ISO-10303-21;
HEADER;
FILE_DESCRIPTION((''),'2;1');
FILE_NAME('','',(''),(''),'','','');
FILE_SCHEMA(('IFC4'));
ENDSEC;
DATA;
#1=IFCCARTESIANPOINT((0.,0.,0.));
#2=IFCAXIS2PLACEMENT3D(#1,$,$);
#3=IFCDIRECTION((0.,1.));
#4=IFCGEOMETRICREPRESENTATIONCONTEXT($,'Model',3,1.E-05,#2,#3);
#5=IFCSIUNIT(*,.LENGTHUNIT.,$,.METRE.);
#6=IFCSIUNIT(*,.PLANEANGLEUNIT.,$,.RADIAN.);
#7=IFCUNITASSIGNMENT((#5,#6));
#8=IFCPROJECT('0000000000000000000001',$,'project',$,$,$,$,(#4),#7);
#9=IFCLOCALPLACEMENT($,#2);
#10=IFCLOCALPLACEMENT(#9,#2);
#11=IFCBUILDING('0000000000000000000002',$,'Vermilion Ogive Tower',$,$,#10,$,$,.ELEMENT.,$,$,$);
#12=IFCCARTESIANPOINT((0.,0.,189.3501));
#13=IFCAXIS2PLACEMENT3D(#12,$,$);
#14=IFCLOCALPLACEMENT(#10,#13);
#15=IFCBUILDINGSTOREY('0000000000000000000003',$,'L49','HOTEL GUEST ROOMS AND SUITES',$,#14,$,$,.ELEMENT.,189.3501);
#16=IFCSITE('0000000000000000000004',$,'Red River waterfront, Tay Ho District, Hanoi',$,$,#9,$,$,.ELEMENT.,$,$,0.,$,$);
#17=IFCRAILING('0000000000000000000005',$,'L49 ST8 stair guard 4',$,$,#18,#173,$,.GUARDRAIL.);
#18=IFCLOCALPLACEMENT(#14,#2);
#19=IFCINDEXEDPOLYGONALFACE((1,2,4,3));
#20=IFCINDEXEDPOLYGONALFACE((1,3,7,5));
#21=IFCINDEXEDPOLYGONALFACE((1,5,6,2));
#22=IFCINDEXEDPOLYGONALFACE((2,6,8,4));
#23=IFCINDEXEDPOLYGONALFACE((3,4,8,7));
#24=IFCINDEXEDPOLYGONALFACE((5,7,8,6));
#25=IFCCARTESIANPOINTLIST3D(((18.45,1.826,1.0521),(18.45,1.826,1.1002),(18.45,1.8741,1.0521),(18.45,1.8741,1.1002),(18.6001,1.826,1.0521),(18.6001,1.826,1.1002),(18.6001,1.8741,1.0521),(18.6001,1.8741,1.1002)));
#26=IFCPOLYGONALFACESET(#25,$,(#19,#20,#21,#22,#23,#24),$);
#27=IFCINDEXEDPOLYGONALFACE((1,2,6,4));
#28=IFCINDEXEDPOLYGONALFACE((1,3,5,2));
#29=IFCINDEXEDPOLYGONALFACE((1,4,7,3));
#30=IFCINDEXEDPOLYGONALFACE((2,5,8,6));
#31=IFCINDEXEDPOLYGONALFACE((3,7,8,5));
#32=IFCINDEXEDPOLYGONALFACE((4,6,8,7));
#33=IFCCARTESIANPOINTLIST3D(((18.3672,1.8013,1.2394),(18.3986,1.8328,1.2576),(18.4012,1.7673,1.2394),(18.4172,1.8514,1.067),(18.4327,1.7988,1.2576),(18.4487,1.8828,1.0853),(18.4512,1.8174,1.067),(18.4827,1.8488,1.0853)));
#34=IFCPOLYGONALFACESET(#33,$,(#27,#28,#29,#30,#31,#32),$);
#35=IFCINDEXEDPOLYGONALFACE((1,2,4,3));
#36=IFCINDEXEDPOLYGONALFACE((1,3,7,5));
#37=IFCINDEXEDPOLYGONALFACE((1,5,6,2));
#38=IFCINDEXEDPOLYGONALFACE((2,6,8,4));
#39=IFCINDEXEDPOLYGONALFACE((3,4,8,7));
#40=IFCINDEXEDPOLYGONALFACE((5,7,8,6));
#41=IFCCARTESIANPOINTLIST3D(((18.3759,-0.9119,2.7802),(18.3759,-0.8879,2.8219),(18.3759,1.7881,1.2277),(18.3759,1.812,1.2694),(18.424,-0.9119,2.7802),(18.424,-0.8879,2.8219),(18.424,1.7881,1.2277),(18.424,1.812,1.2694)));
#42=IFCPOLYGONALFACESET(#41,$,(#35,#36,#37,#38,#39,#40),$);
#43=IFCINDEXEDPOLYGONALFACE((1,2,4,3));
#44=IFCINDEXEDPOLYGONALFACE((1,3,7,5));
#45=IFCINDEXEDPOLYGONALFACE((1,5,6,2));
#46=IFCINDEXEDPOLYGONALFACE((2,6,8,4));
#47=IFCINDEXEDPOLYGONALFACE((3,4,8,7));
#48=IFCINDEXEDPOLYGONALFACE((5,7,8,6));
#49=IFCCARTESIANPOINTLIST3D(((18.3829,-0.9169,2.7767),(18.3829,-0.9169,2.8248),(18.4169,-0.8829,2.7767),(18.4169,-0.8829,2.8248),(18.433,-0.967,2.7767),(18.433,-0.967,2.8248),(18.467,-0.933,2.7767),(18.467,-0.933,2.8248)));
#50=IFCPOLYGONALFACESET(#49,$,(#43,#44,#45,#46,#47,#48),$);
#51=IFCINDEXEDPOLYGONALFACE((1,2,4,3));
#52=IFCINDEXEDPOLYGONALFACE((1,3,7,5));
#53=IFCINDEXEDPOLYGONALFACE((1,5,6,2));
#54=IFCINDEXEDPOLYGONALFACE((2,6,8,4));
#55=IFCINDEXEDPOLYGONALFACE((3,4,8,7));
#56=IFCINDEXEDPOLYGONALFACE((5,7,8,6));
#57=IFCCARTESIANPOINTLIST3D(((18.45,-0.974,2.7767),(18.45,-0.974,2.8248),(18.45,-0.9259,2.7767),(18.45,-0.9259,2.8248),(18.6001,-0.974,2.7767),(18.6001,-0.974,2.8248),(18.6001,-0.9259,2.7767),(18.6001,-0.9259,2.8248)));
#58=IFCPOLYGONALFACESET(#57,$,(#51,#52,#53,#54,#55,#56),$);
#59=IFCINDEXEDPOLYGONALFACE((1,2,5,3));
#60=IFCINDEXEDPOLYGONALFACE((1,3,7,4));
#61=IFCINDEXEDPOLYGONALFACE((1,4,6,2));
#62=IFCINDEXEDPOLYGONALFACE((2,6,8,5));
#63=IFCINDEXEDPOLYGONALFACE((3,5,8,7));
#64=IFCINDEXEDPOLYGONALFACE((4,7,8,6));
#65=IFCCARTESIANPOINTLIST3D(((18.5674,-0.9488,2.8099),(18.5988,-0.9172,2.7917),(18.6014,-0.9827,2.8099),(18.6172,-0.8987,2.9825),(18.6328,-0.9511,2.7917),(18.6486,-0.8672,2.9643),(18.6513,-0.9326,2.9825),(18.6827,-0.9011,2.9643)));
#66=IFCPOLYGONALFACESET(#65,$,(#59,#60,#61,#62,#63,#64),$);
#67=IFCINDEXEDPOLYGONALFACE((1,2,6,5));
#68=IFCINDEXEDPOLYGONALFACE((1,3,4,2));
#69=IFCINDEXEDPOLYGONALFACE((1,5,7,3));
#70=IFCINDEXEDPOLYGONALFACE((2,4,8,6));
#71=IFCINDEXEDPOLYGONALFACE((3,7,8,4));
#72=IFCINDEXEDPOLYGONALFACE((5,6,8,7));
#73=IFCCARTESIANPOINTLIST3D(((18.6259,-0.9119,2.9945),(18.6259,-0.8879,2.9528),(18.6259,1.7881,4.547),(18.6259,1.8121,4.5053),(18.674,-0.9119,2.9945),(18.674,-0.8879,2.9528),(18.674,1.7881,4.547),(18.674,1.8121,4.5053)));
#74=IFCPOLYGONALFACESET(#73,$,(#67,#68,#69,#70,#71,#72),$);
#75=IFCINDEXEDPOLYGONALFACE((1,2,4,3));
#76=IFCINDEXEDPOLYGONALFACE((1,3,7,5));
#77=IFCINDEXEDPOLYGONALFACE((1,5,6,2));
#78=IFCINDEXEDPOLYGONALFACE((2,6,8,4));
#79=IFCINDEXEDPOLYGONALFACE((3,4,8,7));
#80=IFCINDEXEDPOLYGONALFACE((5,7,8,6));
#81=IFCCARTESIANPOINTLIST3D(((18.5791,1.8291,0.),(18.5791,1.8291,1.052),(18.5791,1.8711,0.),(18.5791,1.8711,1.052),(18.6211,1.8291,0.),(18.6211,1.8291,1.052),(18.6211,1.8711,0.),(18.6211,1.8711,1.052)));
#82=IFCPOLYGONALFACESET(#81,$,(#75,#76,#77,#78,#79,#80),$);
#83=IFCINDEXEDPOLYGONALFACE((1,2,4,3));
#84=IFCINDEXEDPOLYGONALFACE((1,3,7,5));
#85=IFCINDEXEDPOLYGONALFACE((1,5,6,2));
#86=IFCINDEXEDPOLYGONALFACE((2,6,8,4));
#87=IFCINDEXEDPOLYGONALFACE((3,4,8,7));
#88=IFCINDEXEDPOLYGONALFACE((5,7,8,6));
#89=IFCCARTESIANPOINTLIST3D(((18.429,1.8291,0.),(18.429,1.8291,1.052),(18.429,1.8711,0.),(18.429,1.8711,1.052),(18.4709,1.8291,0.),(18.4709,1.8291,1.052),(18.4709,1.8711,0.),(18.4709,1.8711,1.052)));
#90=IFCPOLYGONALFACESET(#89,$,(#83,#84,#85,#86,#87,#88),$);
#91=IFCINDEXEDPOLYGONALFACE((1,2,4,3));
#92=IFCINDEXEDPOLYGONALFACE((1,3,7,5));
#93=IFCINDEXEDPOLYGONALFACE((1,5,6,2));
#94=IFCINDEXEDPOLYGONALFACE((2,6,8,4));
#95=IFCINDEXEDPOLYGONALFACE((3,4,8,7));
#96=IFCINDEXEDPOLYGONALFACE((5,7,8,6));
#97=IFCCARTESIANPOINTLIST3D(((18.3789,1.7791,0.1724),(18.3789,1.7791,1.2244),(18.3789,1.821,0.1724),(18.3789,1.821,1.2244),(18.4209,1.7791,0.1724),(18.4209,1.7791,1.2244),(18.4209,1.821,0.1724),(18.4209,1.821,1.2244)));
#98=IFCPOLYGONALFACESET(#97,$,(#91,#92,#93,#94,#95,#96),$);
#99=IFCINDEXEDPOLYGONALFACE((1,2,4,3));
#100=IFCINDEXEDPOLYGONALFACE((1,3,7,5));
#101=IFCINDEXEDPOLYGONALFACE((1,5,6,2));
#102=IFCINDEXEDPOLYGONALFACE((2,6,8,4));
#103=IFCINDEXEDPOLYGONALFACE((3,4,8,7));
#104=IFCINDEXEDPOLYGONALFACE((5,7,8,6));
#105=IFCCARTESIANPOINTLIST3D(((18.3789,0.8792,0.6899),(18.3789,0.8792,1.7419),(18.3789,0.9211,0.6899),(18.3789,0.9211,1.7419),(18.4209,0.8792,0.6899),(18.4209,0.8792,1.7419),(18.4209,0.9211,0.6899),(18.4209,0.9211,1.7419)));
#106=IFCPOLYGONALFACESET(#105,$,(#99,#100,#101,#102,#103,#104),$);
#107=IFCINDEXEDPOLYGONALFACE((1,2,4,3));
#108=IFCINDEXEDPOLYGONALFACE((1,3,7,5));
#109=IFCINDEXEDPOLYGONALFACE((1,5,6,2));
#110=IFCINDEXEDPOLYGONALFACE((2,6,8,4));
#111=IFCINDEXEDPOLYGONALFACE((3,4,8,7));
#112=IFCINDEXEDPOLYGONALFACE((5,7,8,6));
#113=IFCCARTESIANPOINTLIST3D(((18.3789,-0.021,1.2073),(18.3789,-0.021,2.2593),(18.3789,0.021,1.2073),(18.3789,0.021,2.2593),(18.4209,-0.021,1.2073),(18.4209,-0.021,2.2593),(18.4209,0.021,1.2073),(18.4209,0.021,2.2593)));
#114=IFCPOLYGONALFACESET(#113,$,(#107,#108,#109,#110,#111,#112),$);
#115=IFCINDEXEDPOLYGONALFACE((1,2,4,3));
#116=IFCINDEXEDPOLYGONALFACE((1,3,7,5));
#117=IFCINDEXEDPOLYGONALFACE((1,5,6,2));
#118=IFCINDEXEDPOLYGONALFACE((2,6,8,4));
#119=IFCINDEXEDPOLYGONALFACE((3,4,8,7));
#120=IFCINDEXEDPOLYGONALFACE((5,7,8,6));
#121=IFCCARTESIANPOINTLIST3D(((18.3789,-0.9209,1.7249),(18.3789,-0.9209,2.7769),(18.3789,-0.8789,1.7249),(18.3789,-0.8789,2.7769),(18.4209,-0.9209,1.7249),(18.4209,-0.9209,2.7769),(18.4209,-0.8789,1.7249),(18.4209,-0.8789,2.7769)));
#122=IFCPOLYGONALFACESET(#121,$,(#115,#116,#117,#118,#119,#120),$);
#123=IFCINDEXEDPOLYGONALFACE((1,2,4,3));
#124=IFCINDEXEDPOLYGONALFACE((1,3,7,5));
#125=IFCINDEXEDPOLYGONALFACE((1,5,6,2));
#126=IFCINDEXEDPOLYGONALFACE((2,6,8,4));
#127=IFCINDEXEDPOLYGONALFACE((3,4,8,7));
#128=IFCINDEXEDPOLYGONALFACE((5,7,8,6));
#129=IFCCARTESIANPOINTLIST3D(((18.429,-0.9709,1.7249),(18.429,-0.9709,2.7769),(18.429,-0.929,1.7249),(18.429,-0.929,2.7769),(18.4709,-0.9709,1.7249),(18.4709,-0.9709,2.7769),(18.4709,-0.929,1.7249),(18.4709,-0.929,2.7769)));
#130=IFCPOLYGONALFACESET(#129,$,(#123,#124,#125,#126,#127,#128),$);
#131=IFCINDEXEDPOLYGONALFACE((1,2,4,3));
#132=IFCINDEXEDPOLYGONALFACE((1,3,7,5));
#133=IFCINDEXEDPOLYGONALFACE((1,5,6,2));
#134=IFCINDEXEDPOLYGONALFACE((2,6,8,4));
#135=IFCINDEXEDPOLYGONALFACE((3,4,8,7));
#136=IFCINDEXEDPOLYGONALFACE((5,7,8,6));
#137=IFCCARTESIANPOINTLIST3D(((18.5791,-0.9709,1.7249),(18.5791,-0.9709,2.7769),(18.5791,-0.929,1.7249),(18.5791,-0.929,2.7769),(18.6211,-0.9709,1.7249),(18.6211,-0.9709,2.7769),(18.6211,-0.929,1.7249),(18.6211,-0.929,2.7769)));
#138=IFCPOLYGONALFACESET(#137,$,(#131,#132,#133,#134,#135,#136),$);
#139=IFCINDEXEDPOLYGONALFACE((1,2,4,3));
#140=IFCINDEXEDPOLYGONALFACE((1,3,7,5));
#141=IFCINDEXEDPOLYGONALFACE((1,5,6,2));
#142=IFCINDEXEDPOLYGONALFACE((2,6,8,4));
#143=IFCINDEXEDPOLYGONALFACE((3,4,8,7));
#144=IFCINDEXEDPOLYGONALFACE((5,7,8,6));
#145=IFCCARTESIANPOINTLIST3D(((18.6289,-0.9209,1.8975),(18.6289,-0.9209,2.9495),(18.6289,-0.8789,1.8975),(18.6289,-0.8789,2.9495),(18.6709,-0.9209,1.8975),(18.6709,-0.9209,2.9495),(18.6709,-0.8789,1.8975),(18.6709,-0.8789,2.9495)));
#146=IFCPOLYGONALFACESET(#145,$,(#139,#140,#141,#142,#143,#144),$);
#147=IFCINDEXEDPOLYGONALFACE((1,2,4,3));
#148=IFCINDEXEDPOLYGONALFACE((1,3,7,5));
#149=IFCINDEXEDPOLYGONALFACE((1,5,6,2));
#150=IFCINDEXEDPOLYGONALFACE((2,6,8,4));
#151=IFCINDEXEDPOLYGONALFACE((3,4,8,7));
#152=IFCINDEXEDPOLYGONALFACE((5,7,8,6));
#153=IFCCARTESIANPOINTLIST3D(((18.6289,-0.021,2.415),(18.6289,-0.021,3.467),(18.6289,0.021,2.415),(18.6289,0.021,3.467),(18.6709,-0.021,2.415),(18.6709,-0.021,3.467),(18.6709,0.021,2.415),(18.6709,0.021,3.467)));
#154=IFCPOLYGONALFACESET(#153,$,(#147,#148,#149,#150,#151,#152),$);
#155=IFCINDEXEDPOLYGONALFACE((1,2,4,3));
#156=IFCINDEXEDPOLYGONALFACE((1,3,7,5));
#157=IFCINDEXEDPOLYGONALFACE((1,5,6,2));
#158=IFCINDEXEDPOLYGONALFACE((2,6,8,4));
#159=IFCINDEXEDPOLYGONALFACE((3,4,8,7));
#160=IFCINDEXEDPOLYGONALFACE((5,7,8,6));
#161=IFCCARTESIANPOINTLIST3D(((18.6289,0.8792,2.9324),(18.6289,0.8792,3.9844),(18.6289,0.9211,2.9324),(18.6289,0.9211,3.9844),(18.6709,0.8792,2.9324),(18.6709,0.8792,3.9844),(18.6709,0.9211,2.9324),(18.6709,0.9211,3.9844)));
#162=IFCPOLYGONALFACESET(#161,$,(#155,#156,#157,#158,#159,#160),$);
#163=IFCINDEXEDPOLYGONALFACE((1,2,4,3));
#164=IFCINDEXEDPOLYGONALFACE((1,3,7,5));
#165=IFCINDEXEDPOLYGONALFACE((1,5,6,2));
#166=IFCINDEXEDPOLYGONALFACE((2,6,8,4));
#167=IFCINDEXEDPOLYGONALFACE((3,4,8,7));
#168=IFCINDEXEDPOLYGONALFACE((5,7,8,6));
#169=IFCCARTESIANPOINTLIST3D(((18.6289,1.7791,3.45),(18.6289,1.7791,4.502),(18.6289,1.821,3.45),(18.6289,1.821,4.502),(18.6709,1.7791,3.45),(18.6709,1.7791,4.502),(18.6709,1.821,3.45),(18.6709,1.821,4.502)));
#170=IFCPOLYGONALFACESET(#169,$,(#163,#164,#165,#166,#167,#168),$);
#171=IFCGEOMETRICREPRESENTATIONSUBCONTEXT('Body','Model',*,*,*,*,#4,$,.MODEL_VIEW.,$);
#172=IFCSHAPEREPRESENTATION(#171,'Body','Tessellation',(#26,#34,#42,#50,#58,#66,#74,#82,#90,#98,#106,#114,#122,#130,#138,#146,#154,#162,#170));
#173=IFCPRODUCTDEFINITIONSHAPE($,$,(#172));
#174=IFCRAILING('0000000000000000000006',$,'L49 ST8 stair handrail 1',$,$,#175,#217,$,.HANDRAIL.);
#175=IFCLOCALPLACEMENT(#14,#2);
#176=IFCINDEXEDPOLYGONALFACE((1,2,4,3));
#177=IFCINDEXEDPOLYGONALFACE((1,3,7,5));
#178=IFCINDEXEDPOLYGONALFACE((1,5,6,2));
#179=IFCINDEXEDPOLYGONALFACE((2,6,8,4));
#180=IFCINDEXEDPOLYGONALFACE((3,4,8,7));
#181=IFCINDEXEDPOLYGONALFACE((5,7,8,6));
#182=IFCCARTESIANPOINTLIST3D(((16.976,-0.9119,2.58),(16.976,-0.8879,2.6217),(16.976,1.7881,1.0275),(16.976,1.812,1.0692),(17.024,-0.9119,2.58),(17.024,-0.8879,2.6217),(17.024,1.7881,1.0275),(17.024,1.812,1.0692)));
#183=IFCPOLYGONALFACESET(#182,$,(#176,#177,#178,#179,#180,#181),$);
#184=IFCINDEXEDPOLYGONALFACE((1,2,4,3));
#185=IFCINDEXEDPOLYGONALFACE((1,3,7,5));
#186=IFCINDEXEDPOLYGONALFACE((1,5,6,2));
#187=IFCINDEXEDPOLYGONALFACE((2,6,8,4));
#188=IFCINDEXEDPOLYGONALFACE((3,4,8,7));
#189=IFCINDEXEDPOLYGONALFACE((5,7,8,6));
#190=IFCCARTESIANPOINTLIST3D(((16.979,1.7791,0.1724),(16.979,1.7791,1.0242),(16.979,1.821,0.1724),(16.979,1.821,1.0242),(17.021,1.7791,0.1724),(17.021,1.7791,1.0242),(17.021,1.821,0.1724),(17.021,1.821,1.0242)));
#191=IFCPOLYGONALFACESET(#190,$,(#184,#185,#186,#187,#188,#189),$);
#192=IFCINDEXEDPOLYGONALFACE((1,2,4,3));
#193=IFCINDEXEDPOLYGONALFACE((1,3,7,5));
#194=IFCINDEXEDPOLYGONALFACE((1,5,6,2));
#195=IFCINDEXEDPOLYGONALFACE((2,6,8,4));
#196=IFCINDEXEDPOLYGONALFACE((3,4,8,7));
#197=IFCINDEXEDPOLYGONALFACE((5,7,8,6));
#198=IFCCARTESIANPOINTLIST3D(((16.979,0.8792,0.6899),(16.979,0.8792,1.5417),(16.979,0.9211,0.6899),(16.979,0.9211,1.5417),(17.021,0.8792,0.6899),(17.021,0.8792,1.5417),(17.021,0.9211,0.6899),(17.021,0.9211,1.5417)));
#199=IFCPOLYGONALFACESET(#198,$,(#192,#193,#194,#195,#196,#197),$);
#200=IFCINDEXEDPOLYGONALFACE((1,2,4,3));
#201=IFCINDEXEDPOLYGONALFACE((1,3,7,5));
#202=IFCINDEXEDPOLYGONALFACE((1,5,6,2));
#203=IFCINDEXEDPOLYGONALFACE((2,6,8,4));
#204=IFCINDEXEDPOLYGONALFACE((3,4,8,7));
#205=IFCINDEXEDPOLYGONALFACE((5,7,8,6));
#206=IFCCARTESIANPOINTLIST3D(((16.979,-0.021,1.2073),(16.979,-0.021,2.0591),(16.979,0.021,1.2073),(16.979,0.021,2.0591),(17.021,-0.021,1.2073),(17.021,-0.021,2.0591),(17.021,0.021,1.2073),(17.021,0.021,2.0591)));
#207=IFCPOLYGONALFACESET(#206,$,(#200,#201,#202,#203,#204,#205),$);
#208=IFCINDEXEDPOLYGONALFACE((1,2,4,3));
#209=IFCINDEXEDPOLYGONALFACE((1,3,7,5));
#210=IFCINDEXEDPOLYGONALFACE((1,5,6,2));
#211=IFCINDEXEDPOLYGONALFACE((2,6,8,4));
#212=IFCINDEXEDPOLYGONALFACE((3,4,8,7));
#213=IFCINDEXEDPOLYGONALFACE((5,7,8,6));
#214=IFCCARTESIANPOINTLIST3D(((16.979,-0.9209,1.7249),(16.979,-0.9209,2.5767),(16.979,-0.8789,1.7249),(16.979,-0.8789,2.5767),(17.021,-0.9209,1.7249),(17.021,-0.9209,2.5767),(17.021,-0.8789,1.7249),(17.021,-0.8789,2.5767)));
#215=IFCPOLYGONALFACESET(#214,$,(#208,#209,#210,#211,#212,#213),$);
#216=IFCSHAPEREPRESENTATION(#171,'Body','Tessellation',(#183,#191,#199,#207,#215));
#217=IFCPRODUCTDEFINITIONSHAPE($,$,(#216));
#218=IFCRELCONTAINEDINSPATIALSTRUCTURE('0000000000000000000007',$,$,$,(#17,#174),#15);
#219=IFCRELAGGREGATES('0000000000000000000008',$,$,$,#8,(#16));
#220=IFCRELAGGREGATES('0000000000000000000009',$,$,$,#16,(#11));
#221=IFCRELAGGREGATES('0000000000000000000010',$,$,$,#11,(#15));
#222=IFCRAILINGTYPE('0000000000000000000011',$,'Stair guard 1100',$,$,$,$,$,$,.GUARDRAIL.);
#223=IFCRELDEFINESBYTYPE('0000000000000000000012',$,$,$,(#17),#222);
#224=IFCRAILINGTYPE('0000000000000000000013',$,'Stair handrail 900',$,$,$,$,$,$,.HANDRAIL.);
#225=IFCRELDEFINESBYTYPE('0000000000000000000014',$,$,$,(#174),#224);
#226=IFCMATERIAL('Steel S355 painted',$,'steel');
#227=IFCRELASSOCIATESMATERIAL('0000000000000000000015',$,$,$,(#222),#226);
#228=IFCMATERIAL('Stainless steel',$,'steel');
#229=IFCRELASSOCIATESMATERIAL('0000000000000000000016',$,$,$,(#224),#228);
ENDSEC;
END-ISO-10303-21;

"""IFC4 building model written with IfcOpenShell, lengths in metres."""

from ifc_helpers import new_model, si_unit, direction, frame, origin, origin_2d, place, context, subcontext, project, spatial, rectangle, extrude, material, type_object, element, save


model = new_model("IFC4")

# Units and contexts
model_context = context("Model", 3, precision=1e-05, world=origin(), true_north=direction((0.0, 1.0)))
body_context = subcontext(model_context, "Body", "Model", "MODEL_VIEW")
ifc_project = project(units=[si_unit("LENGTHUNIT", "METRE"), si_unit("PLANEANGLEUNIT", "RADIAN")], contexts=[model_context])

# Site, building, storey
site_placement = place(None, origin())
site = spatial("IfcSite", under=ifc_project, at=site_placement, Name="Red River waterfront, Tay Ho District, Hanoi", CompositionType="ELEMENT", RefElevation=0.0)
building_placement = place(site_placement, origin())
building = spatial("IfcBuilding", under=site, at=building_placement, Name="Vermilion Ogive Tower", CompositionType="ELEMENT")
storey_placement = place(building_placement, frame((0.0, 0.0, 189.3501)))
storey = spatial("IfcBuildingStorey", under=building, at=storey_placement, Name="L49", Description="HOTEL GUEST ROOMS AND SUITES", CompositionType="ELEMENT", Elevation=189.3501)

# Railings
ifc_material_1 = material(Name="Steel S355 painted", Category="steel")
railing_type_1 = type_object("IfcRailingType", Name="Stair guard 1100", PredefinedType="GUARDRAIL", material=ifc_material_1)
railing_1_placement = place(storey_placement, frame((18.6001, 1.8501, 0.0)))
element("IfcRailing", 1, at=railing_1_placement, inside=storey, type_object=railing_type_1, Name="L49 ST8 stair guard 4", PredefinedType="GUARDRAIL", context=body_context, shape_type="SweptSolid", body=[
    extrude(rectangle(XDim=0.0481, YDim=0.0481, at=origin_2d()), frame((0.0, 0.0, 1.0762), z_axis=(-1.0, 0.0, 0.0), x_axis=(0.0, -1.0, 0.0)), (0.0, 0.0, 1.0), 0.1501),
    extrude(rectangle(XDim=0.0481, YDim=0.0481, at=origin_2d()), frame((-0.1501, 0.0, 1.0762), z_axis=(-0.268603, -0.268603, 0.925043), x_axis=(0.707107, -0.707107, 0.0)), (0.0, 0.0, 1.0), 0.1863),
    extrude(rectangle(XDim=0.0481, YDim=0.0481, at=origin_2d()), frame((-0.2002, -0.05, 1.2485), z_axis=(0.0, -0.866904, 0.498476), x_axis=(1.0, 0.0, 0.0)), (0.0, 0.0, 1.0), 3.1145),
    extrude(rectangle(XDim=0.0481, YDim=0.0481, at=origin_2d()), frame((-0.2002, -2.75, 2.8008), z_axis=(0.707107, -0.707107, 0.0), x_axis=(0.707107, 0.707107, 0.0)), (0.0, 0.0, 1.0), 0.0708),
    extrude(rectangle(XDim=0.0481, YDim=0.0481, at=origin_2d()), frame((-0.1501, -2.8, 2.8008), z_axis=(1.0, 0.0, 0.0), x_axis=(0.0, 1.0, 0.0)), (0.0, 0.0, 1.0), 0.1501),
    extrude(rectangle(XDim=0.0481, YDim=0.0481, at=origin_2d()), frame((0.0, -2.8, 2.8008), z_axis=(0.267063, 0.268372, 0.925556), x_axis=(-0.708834, 0.705376, 0.0)), (0.0, 0.0, 1.0), 0.1865),
    extrude(rectangle(XDim=0.0481, YDim=0.0481, at=origin_2d()), frame((0.0498, -2.75, 2.9736), z_axis=(0.0, 0.866904, 0.498476), x_axis=(-1.0, 0.0, 0.0)), (0.0, 0.0, 1.0), 3.1145),
    extrude(rectangle(XDim=0.042, YDim=0.042, at=origin_2d()), origin(), (0.0, 0.0, 1.0), 1.052),
    extrude(rectangle(XDim=0.042, YDim=0.042, at=origin_2d()), frame((-0.1501, 0.0, 0.0)), (0.0, 0.0, 1.0), 1.052),
    extrude(rectangle(XDim=0.042, YDim=0.042, at=origin_2d()), frame((-0.2002, -0.05, 0.1724)), (0.0, 0.0, 1.0), 1.052),
    extrude(rectangle(XDim=0.042, YDim=0.042, at=origin_2d()), frame((-0.2002, -0.95, 0.6899)), (0.0, 0.0, 1.0), 1.052),
    extrude(rectangle(XDim=0.042, YDim=0.042, at=origin_2d()), frame((-0.2002, -1.8501, 1.2073)), (0.0, 0.0, 1.0), 1.052),
    extrude(rectangle(XDim=0.042, YDim=0.042, at=origin_2d()), frame((-0.2002, -2.75, 1.7249)), (0.0, 0.0, 1.0), 1.052),
    extrude(rectangle(XDim=0.042, YDim=0.042, at=origin_2d()), frame((-0.1501, -2.8, 1.7249)), (0.0, 0.0, 1.0), 1.052),
    extrude(rectangle(XDim=0.042, YDim=0.042, at=origin_2d()), frame((0.0, -2.8, 1.7249)), (0.0, 0.0, 1.0), 1.052),
    extrude(rectangle(XDim=0.042, YDim=0.042, at=origin_2d()), frame((0.0498, -2.75, 1.8975)), (0.0, 0.0, 1.0), 1.052),
    extrude(rectangle(XDim=0.042, YDim=0.042, at=origin_2d()), frame((0.0498, -1.8501, 2.415)), (0.0, 0.0, 1.0), 1.052),
    extrude(rectangle(XDim=0.042, YDim=0.042, at=origin_2d()), frame((0.0498, -0.95, 2.9324)), (0.0, 0.0, 1.0), 1.052),
    extrude(rectangle(XDim=0.042, YDim=0.042, at=origin_2d()), frame((0.0498, -0.05, 3.45)), (0.0, 0.0, 1.0), 1.052),
])
ifc_material_2 = material(Name="Stainless steel", Category="steel")
railing_type_2 = type_object("IfcRailingType", Name="Stair handrail 900", PredefinedType="HANDRAIL", material=ifc_material_2)
railing_2_placement = place(storey_placement, frame((17.0, 1.8, 0.1724)))
element("IfcRailing", 2, at=railing_2_placement, inside=storey, type_object=railing_type_2, Name="L49 ST8 stair handrail 1", PredefinedType="HANDRAIL", context=body_context, shape_type="SweptSolid", body=[
    extrude(rectangle(XDim=0.0481, YDim=0.0481, at=origin_2d()), frame((0.0, 0.0, 0.876), z_axis=(0.0, -0.866904, 0.498476), x_axis=(1.0, 0.0, 0.0)), (0.0, 0.0, 1.0), 3.1145),
    extrude(rectangle(XDim=0.042, YDim=0.042, at=origin_2d()), origin(), (0.0, 0.0, 1.0), 0.8518),
    extrude(rectangle(XDim=0.042, YDim=0.042, at=origin_2d()), frame((0.0, -0.8999, 0.5176)), (0.0, 0.0, 1.0), 0.8518),
    extrude(rectangle(XDim=0.042, YDim=0.042, at=origin_2d()), frame((0.0, -1.8, 1.0349)), (0.0, 0.0, 1.0), 0.8518),
    extrude(rectangle(XDim=0.042, YDim=0.042, at=origin_2d()), frame((0.0, -2.7, 1.5525)), (0.0, 0.0, 1.0), 0.8518),
])

save(model, "model.ifc")
